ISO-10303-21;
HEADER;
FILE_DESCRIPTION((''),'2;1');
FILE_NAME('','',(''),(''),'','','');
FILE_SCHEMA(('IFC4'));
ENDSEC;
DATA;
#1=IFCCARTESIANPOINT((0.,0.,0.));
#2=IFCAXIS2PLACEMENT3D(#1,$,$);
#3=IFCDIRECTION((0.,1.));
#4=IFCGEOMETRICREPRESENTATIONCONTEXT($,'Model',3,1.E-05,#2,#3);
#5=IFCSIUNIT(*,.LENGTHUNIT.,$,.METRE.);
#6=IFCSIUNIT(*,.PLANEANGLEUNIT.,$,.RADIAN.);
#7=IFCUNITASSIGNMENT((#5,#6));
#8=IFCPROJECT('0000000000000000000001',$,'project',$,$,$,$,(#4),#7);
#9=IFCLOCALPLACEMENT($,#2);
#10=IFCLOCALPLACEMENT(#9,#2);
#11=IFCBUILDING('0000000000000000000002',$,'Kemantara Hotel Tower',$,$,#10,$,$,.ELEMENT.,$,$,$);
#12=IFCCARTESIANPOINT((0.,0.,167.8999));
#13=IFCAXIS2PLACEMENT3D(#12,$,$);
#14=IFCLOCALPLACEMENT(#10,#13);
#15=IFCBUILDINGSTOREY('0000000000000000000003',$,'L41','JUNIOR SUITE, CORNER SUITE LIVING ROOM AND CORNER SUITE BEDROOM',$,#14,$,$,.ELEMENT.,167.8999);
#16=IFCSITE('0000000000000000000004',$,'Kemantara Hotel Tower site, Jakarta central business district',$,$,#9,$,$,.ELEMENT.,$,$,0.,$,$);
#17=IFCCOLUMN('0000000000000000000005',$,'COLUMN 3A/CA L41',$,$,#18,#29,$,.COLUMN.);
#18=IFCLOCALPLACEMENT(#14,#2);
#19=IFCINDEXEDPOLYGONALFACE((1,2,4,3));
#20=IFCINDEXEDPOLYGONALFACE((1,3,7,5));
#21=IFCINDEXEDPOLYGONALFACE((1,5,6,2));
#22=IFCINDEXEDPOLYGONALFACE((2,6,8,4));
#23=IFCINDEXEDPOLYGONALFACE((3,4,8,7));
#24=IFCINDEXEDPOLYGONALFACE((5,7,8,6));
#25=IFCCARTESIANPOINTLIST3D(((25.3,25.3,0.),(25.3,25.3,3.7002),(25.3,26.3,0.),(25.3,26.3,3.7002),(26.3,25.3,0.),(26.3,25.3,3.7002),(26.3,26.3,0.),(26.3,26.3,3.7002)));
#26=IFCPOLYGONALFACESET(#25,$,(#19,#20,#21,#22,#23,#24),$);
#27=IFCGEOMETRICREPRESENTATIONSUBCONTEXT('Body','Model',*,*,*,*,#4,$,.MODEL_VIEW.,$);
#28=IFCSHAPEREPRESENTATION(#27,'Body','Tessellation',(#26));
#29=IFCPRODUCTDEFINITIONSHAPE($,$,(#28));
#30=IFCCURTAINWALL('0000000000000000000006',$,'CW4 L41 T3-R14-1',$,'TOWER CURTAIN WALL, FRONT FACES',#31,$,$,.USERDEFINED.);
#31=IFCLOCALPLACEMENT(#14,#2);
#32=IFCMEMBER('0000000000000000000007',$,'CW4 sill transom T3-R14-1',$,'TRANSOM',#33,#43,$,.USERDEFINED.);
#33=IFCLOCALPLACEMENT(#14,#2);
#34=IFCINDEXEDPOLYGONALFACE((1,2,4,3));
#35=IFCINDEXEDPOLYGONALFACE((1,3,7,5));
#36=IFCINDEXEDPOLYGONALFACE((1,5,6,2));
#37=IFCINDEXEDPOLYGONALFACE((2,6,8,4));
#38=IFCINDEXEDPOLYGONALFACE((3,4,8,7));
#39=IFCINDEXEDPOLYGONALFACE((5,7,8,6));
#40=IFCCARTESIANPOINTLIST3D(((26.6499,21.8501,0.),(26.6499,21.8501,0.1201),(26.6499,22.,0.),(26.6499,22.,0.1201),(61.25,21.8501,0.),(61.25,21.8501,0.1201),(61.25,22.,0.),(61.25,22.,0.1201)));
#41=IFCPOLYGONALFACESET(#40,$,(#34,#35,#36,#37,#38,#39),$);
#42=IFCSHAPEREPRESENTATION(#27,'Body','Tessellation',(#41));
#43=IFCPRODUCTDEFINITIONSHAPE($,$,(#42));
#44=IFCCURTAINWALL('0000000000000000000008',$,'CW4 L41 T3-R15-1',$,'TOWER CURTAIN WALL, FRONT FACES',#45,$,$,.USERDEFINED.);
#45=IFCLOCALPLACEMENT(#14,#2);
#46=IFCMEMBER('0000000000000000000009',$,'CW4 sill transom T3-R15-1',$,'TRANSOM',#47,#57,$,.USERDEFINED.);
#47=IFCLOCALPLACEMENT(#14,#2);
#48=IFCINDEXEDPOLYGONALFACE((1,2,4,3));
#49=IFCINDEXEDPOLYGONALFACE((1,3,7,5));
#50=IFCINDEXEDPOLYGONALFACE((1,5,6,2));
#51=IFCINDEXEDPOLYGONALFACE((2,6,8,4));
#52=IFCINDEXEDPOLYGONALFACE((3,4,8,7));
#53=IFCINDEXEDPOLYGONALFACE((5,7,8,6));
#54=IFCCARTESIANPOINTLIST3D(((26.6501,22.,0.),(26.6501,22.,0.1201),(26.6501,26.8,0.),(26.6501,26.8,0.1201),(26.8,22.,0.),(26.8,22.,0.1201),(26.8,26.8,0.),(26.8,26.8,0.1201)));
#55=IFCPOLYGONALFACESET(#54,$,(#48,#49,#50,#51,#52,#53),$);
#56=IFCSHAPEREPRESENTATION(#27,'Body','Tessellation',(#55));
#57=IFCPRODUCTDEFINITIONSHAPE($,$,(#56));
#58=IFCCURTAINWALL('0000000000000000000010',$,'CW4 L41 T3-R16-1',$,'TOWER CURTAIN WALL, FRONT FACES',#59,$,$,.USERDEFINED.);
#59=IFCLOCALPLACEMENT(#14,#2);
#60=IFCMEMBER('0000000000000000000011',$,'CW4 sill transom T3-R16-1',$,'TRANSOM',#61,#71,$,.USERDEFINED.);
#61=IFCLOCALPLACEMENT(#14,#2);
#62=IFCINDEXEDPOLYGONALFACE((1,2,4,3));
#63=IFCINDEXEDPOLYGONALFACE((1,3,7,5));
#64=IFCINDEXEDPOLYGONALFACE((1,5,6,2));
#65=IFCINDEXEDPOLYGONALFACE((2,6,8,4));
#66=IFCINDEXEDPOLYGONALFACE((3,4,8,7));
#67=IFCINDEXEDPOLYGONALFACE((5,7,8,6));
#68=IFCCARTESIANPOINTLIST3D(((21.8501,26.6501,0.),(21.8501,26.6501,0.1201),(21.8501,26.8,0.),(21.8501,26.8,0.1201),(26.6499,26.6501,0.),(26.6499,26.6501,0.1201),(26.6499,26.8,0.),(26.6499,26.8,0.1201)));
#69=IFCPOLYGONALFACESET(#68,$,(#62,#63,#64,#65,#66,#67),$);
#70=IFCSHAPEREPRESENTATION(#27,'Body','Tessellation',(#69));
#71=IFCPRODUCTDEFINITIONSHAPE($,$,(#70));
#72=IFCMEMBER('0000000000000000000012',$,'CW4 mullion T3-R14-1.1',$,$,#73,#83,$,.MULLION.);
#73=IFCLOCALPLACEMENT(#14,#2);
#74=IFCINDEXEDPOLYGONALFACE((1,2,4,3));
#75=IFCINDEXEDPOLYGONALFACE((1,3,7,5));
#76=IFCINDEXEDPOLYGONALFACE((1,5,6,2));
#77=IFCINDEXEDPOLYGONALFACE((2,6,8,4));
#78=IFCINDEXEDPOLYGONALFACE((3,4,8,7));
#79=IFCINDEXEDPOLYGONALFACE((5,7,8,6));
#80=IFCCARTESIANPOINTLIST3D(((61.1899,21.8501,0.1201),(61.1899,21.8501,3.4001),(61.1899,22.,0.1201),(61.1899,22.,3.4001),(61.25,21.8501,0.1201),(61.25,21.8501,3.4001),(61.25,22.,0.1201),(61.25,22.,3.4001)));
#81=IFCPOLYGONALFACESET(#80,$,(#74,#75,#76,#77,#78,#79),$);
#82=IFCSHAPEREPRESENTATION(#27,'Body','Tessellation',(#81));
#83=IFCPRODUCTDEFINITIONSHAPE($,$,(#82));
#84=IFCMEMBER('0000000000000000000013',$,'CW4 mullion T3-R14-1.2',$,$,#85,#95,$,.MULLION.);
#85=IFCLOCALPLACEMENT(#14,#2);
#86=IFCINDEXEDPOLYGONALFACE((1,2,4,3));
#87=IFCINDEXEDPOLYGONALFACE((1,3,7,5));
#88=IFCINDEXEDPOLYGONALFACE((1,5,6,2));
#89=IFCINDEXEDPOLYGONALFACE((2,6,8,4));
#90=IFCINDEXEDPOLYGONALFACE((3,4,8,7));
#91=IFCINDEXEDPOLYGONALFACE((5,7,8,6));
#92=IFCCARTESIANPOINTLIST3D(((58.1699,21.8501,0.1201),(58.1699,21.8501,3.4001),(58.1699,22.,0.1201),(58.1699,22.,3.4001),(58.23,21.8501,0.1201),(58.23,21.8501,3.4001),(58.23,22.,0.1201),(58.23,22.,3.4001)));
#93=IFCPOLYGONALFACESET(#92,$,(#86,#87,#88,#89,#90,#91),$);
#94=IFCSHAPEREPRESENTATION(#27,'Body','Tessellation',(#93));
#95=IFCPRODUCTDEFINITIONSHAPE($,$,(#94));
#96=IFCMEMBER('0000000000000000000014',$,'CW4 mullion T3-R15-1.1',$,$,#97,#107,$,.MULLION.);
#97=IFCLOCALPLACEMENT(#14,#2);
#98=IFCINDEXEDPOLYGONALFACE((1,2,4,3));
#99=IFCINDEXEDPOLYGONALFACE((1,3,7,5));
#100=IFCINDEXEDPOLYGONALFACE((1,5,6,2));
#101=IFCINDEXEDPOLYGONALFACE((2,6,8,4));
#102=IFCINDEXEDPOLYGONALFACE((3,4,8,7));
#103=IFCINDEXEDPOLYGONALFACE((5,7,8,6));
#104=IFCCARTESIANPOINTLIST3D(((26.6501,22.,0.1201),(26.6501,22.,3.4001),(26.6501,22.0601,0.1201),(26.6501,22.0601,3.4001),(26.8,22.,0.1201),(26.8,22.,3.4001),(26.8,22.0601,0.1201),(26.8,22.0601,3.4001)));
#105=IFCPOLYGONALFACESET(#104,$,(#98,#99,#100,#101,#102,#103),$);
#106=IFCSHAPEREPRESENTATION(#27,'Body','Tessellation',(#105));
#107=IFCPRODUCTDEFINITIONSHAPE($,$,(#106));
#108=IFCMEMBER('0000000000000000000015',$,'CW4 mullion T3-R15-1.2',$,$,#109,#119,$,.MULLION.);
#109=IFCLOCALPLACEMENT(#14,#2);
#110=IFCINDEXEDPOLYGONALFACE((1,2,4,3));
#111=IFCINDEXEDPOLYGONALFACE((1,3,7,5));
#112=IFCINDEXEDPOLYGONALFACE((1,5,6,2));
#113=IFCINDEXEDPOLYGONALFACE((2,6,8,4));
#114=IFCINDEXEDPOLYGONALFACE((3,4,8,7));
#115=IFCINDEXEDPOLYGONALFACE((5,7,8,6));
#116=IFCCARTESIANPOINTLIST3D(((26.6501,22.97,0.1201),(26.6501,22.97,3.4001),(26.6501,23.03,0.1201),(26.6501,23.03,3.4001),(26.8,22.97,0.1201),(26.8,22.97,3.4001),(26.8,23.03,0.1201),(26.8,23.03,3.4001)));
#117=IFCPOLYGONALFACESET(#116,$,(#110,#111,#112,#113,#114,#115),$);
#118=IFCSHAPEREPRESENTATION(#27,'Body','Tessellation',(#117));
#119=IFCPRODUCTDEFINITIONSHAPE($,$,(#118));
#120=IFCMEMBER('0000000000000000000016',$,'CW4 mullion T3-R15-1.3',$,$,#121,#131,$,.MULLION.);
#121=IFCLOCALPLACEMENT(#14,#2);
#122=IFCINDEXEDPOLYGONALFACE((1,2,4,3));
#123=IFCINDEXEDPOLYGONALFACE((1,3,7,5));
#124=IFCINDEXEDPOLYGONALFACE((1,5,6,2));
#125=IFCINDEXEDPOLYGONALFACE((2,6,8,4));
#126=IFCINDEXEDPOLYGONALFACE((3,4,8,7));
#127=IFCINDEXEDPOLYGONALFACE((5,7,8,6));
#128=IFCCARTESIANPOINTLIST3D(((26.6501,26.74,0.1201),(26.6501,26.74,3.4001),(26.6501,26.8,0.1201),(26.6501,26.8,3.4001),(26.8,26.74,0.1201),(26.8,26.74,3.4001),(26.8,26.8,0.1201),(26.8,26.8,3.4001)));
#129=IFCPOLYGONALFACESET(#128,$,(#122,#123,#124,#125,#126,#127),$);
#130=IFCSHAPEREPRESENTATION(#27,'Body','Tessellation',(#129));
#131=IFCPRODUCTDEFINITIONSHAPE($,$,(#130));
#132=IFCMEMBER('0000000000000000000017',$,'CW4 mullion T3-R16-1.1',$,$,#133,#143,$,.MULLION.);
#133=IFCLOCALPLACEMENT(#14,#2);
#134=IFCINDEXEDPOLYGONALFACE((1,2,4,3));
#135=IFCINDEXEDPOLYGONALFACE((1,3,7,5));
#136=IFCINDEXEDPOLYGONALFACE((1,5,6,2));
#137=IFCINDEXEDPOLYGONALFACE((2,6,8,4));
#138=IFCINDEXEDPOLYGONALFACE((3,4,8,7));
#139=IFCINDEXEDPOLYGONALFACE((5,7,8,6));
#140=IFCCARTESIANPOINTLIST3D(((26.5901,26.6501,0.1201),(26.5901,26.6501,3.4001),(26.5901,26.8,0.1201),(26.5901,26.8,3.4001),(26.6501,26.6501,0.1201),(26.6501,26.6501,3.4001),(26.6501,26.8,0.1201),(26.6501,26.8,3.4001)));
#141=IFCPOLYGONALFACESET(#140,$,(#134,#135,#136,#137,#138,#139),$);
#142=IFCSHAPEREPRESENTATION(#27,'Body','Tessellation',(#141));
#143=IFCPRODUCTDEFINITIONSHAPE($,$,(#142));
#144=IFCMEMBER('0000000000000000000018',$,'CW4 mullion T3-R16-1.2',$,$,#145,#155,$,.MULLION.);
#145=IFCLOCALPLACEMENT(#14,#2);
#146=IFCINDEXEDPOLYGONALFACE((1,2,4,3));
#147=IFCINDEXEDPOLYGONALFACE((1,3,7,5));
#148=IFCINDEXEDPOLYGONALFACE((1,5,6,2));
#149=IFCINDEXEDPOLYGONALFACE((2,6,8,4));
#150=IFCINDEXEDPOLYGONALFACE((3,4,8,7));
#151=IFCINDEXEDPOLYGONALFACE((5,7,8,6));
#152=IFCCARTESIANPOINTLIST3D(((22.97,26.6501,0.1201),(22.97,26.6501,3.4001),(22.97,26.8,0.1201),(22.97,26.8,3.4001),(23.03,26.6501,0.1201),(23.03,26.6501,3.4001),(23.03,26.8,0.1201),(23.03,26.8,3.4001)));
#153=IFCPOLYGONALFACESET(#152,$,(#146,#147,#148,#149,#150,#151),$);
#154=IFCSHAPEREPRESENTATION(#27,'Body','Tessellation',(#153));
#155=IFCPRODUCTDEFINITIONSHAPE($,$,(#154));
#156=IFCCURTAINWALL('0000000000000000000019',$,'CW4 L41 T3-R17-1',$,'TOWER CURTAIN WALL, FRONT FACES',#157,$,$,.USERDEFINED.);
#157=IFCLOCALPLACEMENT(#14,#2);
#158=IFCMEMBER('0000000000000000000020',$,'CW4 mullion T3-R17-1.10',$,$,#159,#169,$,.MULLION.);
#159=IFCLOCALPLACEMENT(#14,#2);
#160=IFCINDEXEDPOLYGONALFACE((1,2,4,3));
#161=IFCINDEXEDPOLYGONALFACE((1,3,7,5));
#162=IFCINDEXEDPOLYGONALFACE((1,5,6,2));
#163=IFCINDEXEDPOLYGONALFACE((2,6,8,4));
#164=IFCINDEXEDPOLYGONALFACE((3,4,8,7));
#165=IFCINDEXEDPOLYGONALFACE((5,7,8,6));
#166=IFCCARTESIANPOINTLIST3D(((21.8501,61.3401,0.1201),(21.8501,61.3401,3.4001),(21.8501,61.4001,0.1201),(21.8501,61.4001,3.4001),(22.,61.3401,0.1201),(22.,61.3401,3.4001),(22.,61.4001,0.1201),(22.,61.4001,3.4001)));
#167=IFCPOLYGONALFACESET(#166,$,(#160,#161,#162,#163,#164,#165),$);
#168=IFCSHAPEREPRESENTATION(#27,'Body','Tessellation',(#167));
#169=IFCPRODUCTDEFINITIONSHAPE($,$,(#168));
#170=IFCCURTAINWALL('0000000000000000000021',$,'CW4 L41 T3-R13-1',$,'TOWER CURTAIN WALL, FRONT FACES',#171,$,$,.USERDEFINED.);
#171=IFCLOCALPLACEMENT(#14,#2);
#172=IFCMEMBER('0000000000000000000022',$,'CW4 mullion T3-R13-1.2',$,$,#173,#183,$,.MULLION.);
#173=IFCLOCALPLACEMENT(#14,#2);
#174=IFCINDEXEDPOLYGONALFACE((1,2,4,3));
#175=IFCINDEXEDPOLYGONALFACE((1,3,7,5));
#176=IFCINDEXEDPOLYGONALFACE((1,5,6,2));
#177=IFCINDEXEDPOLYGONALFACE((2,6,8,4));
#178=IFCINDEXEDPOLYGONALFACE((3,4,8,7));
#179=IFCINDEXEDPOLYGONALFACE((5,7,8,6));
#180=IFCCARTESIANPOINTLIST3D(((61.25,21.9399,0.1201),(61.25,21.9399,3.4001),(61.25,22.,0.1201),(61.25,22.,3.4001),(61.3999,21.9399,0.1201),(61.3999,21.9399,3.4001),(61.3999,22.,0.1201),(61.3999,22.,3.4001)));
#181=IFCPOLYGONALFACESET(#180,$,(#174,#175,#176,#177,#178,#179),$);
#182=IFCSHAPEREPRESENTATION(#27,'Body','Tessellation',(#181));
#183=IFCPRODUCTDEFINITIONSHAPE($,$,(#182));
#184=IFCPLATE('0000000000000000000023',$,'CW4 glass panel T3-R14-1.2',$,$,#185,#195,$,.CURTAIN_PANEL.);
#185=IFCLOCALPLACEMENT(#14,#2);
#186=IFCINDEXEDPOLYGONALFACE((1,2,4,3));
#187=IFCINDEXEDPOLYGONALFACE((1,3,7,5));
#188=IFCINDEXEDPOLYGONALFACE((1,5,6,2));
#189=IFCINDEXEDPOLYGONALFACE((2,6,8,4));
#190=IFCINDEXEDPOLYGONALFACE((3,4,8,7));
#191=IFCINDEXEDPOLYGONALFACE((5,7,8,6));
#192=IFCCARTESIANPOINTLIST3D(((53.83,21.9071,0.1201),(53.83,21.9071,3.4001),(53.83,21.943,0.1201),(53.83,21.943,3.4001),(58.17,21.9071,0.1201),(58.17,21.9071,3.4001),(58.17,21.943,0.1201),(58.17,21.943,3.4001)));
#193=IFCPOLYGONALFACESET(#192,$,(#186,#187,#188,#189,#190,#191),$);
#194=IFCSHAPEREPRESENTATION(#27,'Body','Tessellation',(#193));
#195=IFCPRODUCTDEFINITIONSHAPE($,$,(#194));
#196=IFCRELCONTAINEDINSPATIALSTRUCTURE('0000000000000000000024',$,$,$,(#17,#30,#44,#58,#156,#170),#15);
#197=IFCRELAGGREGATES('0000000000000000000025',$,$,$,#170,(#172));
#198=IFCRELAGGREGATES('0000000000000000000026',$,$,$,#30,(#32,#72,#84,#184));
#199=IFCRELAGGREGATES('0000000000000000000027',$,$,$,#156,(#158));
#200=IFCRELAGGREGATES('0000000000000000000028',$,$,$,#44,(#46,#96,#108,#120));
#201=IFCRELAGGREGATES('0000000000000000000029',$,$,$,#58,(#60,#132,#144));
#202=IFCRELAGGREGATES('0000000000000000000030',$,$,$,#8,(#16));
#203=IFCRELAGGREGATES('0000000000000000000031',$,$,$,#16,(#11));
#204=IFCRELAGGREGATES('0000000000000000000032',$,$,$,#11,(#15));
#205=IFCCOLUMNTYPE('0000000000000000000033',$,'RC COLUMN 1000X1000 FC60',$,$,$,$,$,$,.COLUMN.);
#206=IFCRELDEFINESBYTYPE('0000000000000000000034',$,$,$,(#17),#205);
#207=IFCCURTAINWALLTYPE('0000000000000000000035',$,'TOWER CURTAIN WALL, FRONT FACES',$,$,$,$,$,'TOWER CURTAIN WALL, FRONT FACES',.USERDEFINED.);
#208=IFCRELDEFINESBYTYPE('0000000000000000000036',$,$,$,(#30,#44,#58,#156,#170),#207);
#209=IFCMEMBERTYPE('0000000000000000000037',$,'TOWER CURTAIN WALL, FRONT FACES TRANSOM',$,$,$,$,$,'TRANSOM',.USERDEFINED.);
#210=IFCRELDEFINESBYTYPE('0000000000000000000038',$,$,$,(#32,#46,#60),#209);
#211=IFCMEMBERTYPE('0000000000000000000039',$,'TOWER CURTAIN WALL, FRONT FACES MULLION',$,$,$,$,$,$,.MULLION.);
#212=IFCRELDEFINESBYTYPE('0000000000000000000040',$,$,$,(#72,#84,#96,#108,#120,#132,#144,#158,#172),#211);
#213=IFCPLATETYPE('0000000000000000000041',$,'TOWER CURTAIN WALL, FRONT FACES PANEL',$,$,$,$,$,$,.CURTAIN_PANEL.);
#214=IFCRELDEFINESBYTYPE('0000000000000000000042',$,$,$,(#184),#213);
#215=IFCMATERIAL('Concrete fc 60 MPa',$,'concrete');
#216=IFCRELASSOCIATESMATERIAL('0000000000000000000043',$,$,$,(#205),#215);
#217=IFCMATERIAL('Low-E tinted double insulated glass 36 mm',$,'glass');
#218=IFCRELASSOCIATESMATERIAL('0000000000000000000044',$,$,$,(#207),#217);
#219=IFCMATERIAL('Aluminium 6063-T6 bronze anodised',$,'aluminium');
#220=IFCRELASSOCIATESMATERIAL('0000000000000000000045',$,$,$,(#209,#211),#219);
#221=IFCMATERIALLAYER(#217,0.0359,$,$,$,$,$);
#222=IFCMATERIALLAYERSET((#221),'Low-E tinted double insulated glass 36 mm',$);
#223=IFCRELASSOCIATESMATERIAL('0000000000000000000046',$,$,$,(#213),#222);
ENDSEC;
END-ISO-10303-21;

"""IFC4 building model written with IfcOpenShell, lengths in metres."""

from ifc_helpers import new_model, si_unit, direction, frame, origin, origin_2d, place, context, subcontext, project, spatial, rectangle, extrude, source, transform, mapped, material, layer, layer_set, material_profile, profile_set, type_object, element, aggregate, save


model = new_model("IFC4")

# Units and contexts
model_context = context("Model", 3, precision=1e-05, world=origin(), true_north=direction((0.0, 1.0)))
body_context = subcontext(model_context, "Body", "Model", "MODEL_VIEW")
ifc_project = project(units=[si_unit("LENGTHUNIT", "METRE"), si_unit("PLANEANGLEUNIT", "RADIAN")], contexts=[model_context])

# Site, building, storey
site_placement = place(None, origin())
site = spatial("IfcSite", under=ifc_project, at=site_placement, Name="Kemantara Hotel Tower site, Jakarta central business district", CompositionType="ELEMENT", RefElevation=0.0)
building_placement = place(site_placement, origin())
building = spatial("IfcBuilding", under=site, at=building_placement, Name="Kemantara Hotel Tower", CompositionType="ELEMENT")
storey_placement = place(building_placement, frame((0.0, 0.0, 167.8999)))
storey = spatial("IfcBuildingStorey", under=building, at=storey_placement, Name="L41", Description="JUNIOR SUITE, CORNER SUITE LIVING ROOM AND CORNER SUITE BEDROOM", CompositionType="ELEMENT", Elevation=167.8999)

# Column
ifc_material_1 = material(Name="Concrete fc 60 MPa", Category="concrete")
ifc_material_profile_1 = material_profile(ifc_material_1, rectangle(XDim=1.0, YDim=1.0, at=origin_2d()), Name="RC 1000X1000")
ifc_profile_set_1 = profile_set([ifc_material_profile_1], Name="Concrete fc 60 MPa")
column_type = type_object("IfcColumnType", Name="RC COLUMN 1000X1000 FC60", PredefinedType="COLUMN", material=ifc_profile_set_1)
column_placement = place(storey_placement, frame((25.8, 25.8, 0.0), z_axis=(0.0, 0.0, 1.0), x_axis=(1.0, 0.0, 0.0)))
element("IfcColumn", 1, at=column_placement, inside=storey, type_object=column_type, Name="COLUMN 3A/CA L41", PredefinedType="COLUMN", context=body_context, shape_type="SweptSolid", body=[
    extrude(rectangle(XDim=1.0, YDim=1.0, at=origin_2d()), origin(), (0.0, 0.0, 1.0), 3.7002),
])

# Curtain walls, members
ifc_material_2 = material(Name="Low-E tinted double insulated glass 36 mm", Category="glass")
curtain_wall_type = type_object("IfcCurtainWallType", Name="TOWER CURTAIN WALL, FRONT FACES", ElementType="TOWER CURTAIN WALL, FRONT FACES", PredefinedType="USERDEFINED", material=ifc_material_2)
curtain_wall_1_placement = place(storey_placement, origin())
curtain_wall_1 = element("IfcCurtainWall", 2, at=curtain_wall_1_placement, inside=storey, type_object=curtain_wall_type, Name="CW4 L41 T3-R14-1", ObjectType="TOWER CURTAIN WALL, FRONT FACES", PredefinedType="USERDEFINED")
ifc_material_3 = material(Name="Aluminium 6063-T6 bronze anodised", Category="aluminium")
ifc_material_profile_2 = material_profile(ifc_material_3, rectangle(XDim=0.1499, YDim=0.1201, at=origin_2d()), Name="TOWER CURTAIN WALL, FRONT FACES TRANSOM")
ifc_profile_set_2 = profile_set([ifc_material_profile_2], Name="Aluminium 6063-T6 bronze anodised")
member_type_1 = type_object("IfcMemberType", Name="TOWER CURTAIN WALL, FRONT FACES TRANSOM", ElementType="TRANSOM", PredefinedType="USERDEFINED", material=ifc_profile_set_2)
member_1_placement = place(storey_placement, frame((61.25, 21.925, 0.0601), z_axis=(-1.0, 0.0, 0.0), x_axis=(0.0, -1.0, 0.0)))
member_1 = element("IfcMember", 3, at=member_1_placement, type_object=member_type_1, Name="CW4 sill transom T3-R14-1", ObjectType="TRANSOM", PredefinedType="USERDEFINED", context=body_context, shape_type="SweptSolid", body=[
    extrude(rectangle(XDim=0.1499, YDim=0.1201, at=origin_2d()), origin(), (0.0, 0.0, 1.0), 34.6001),
])
curtain_wall_2_placement = place(storey_placement, origin())
curtain_wall_2 = element("IfcCurtainWall", 4, at=curtain_wall_2_placement, inside=storey, type_object=curtain_wall_type, Name="CW4 L41 T3-R15-1", ObjectType="TOWER CURTAIN WALL, FRONT FACES", PredefinedType="USERDEFINED")
member_2_placement = place(storey_placement, frame((26.7251, 22.0, 0.0601), z_axis=(0.0, 1.0, 0.0), x_axis=(-1.0, 0.0, 0.0)))
member_2 = element("IfcMember", 5, at=member_2_placement, type_object=member_type_1, Name="CW4 sill transom T3-R15-1", ObjectType="TRANSOM", PredefinedType="USERDEFINED", context=body_context, shape_type="SweptSolid", body=[
    extrude(rectangle(XDim=0.1499, YDim=0.1201, at=origin_2d()), origin(), (0.0, 0.0, 1.0), 4.8),
])
curtain_wall_3_placement = place(storey_placement, origin())
curtain_wall_3 = element("IfcCurtainWall", 6, at=curtain_wall_3_placement, inside=storey, type_object=curtain_wall_type, Name="CW4 L41 T3-R16-1", ObjectType="TOWER CURTAIN WALL, FRONT FACES", PredefinedType="USERDEFINED")
member_3_placement = place(storey_placement, frame((26.6499, 26.7251, 0.0601), z_axis=(-1.0, 0.0, 0.0), x_axis=(0.0, -1.0, 0.0)))
member_3 = element("IfcMember", 7, at=member_3_placement, type_object=member_type_1, Name="CW4 sill transom T3-R16-1", ObjectType="TRANSOM", PredefinedType="USERDEFINED", context=body_context, shape_type="SweptSolid", body=[
    extrude(rectangle(XDim=0.1499, YDim=0.1201, at=origin_2d()), origin(), (0.0, 0.0, 1.0), 4.7998),
])

# Members
ifc_material_profile_3 = material_profile(ifc_material_3, rectangle(XDim=0.1499, YDim=0.0601, at=origin_2d()), Name="TOWER CURTAIN WALL, FRONT FACES MULLION")
ifc_profile_set_3 = profile_set([ifc_material_profile_3], Name="Aluminium 6063-T6 bronze anodised")
member_type_2 = type_object("IfcMemberType", Name="TOWER CURTAIN WALL, FRONT FACES MULLION", PredefinedType="MULLION", material=ifc_profile_set_3)
shared_shape_1 = source(origin(), body_context, "Body", "SweptSolid", [
    extrude(rectangle(XDim=0.1499, YDim=0.0601, at=origin_2d()), origin(), (0.0, 0.0, 1.0), 3.28),
])
member_4_placement = place(storey_placement, frame((61.22, 21.925, 0.1201), z_axis=(0.0, 0.0, 1.0), x_axis=(0.0, -1.0, 0.0)))
member_4 = element("IfcMember", 8, at=member_4_placement, type_object=member_type_2, Name="CW4 mullion T3-R14-1.1", PredefinedType="MULLION", context=body_context, shape_type="MappedRepresentation", body=[
    mapped(shared_shape_1, transform((0.0, 0.0, 0.0))),
])
member_5_placement = place(storey_placement, frame((58.2, 21.925, 0.1201), z_axis=(0.0, 0.0, 1.0), x_axis=(0.0, -1.0, 0.0)))
member_5 = element("IfcMember", 9, at=member_5_placement, type_object=member_type_2, Name="CW4 mullion T3-R14-1.2", PredefinedType="MULLION", context=body_context, shape_type="MappedRepresentation", body=[
    mapped(shared_shape_1, transform((0.0, 0.0, 0.0))),
])
member_6_placement = place(storey_placement, frame((26.7251, 22.03, 0.1201), z_axis=(0.0, 0.0, 1.0), x_axis=(-1.0, 0.0, 0.0)))
member_6 = element("IfcMember", 10, at=member_6_placement, type_object=member_type_2, Name="CW4 mullion T3-R15-1.1", PredefinedType="MULLION", context=body_context, shape_type="MappedRepresentation", body=[
    mapped(shared_shape_1, transform((0.0, 0.0, 0.0))),
])
member_7_placement = place(storey_placement, frame((26.7251, 23.0, 0.1201), z_axis=(0.0, 0.0, 1.0), x_axis=(-1.0, 0.0, 0.0)))
member_7 = element("IfcMember", 11, at=member_7_placement, type_object=member_type_2, Name="CW4 mullion T3-R15-1.2", PredefinedType="MULLION", context=body_context, shape_type="MappedRepresentation", body=[
    mapped(shared_shape_1, transform((0.0, 0.0, 0.0))),
])
member_8_placement = place(storey_placement, frame((26.7251, 26.77, 0.1201), z_axis=(0.0, 0.0, 1.0), x_axis=(-1.0, 0.0, 0.0)))
member_8 = element("IfcMember", 12, at=member_8_placement, type_object=member_type_2, Name="CW4 mullion T3-R15-1.3", PredefinedType="MULLION", context=body_context, shape_type="MappedRepresentation", body=[
    mapped(shared_shape_1, transform((0.0, 0.0, 0.0))),
])
member_9_placement = place(storey_placement, frame((26.6201, 26.7251, 0.1201), z_axis=(0.0, 0.0, 1.0), x_axis=(0.0, -1.0, 0.0)))
member_9 = element("IfcMember", 13, at=member_9_placement, type_object=member_type_2, Name="CW4 mullion T3-R16-1.1", PredefinedType="MULLION", context=body_context, shape_type="MappedRepresentation", body=[
    mapped(shared_shape_1, transform((0.0, 0.0, 0.0))),
])
member_10_placement = place(storey_placement, frame((23.0, 26.7251, 0.1201), z_axis=(0.0, 0.0, 1.0), x_axis=(0.0, -1.0, 0.0)))
member_10 = element("IfcMember", 14, at=member_10_placement, type_object=member_type_2, Name="CW4 mullion T3-R16-1.2", PredefinedType="MULLION", context=body_context, shape_type="MappedRepresentation", body=[
    mapped(shared_shape_1, transform((0.0, 0.0, 0.0))),
])

# Curtain walls, members
curtain_wall_4_placement = place(storey_placement, origin())
curtain_wall_4 = element("IfcCurtainWall", 15, at=curtain_wall_4_placement, inside=storey, type_object=curtain_wall_type, Name="CW4 L41 T3-R17-1", ObjectType="TOWER CURTAIN WALL, FRONT FACES", PredefinedType="USERDEFINED")
member_11_placement = place(storey_placement, frame((21.925, 61.3701, 0.1201), z_axis=(0.0, 0.0, 1.0), x_axis=(-1.0, 0.0, 0.0)))
member_11 = element("IfcMember", 16, at=member_11_placement, type_object=member_type_2, Name="CW4 mullion T3-R17-1.10", PredefinedType="MULLION", context=body_context, shape_type="MappedRepresentation", body=[
    mapped(shared_shape_1, transform((0.0, 0.0, 0.0))),
])
curtain_wall_5_placement = place(storey_placement, origin())
curtain_wall_5 = element("IfcCurtainWall", 17, at=curtain_wall_5_placement, inside=storey, type_object=curtain_wall_type, Name="CW4 L41 T3-R13-1", ObjectType="TOWER CURTAIN WALL, FRONT FACES", PredefinedType="USERDEFINED")
member_12_placement = place(storey_placement, frame((61.325, 21.97, 0.1201), z_axis=(0.0, 0.0, 1.0), x_axis=(-1.0, 0.0, 0.0)))
member_12 = element("IfcMember", 18, at=member_12_placement, type_object=member_type_2, Name="CW4 mullion T3-R13-1.2", PredefinedType="MULLION", context=body_context, shape_type="MappedRepresentation", body=[
    mapped(shared_shape_1, transform((0.0, 0.0, 0.0))),
])
aggregate(curtain_wall_5, [member_12])

# Plate
ifc_layer_1 = layer(ifc_material_2, 0.0359)
ifc_layer_set_1 = layer_set([ifc_layer_1], Name="Low-E tinted double insulated glass 36 mm")
plate_type = type_object("IfcPlateType", Name="TOWER CURTAIN WALL, FRONT FACES PANEL", PredefinedType="CURTAIN_PANEL", material=ifc_layer_set_1)
shared_shape_2 = source(origin(), body_context, "Body", "SweptSolid", [
    extrude(rectangle(XDim=4.3401, YDim=0.0359, at=origin_2d()), origin(), (0.0, 0.0, 1.0), 3.28),
])
plate_1_placement = place(storey_placement, frame((56.0, 21.925, 0.1201), z_axis=(0.0, 0.0, 1.0), x_axis=(-1.0, 0.0, 0.0)))
plate_1 = element("IfcPlate", 19, at=plate_1_placement, type_object=plate_type, Name="CW4 glass panel T3-R14-1.2", PredefinedType="CURTAIN_PANEL", context=body_context, shape_type="MappedRepresentation", body=[
    mapped(shared_shape_2, transform((0.0, 0.0, 0.0))),
])
aggregate(curtain_wall_1, [member_1, member_4, member_5, plate_1])
aggregate(curtain_wall_4, [member_11])
aggregate(curtain_wall_2, [member_2, member_6, member_7, member_8])
aggregate(curtain_wall_3, [member_3, member_9, member_10])

save(model, "model.ifc")
